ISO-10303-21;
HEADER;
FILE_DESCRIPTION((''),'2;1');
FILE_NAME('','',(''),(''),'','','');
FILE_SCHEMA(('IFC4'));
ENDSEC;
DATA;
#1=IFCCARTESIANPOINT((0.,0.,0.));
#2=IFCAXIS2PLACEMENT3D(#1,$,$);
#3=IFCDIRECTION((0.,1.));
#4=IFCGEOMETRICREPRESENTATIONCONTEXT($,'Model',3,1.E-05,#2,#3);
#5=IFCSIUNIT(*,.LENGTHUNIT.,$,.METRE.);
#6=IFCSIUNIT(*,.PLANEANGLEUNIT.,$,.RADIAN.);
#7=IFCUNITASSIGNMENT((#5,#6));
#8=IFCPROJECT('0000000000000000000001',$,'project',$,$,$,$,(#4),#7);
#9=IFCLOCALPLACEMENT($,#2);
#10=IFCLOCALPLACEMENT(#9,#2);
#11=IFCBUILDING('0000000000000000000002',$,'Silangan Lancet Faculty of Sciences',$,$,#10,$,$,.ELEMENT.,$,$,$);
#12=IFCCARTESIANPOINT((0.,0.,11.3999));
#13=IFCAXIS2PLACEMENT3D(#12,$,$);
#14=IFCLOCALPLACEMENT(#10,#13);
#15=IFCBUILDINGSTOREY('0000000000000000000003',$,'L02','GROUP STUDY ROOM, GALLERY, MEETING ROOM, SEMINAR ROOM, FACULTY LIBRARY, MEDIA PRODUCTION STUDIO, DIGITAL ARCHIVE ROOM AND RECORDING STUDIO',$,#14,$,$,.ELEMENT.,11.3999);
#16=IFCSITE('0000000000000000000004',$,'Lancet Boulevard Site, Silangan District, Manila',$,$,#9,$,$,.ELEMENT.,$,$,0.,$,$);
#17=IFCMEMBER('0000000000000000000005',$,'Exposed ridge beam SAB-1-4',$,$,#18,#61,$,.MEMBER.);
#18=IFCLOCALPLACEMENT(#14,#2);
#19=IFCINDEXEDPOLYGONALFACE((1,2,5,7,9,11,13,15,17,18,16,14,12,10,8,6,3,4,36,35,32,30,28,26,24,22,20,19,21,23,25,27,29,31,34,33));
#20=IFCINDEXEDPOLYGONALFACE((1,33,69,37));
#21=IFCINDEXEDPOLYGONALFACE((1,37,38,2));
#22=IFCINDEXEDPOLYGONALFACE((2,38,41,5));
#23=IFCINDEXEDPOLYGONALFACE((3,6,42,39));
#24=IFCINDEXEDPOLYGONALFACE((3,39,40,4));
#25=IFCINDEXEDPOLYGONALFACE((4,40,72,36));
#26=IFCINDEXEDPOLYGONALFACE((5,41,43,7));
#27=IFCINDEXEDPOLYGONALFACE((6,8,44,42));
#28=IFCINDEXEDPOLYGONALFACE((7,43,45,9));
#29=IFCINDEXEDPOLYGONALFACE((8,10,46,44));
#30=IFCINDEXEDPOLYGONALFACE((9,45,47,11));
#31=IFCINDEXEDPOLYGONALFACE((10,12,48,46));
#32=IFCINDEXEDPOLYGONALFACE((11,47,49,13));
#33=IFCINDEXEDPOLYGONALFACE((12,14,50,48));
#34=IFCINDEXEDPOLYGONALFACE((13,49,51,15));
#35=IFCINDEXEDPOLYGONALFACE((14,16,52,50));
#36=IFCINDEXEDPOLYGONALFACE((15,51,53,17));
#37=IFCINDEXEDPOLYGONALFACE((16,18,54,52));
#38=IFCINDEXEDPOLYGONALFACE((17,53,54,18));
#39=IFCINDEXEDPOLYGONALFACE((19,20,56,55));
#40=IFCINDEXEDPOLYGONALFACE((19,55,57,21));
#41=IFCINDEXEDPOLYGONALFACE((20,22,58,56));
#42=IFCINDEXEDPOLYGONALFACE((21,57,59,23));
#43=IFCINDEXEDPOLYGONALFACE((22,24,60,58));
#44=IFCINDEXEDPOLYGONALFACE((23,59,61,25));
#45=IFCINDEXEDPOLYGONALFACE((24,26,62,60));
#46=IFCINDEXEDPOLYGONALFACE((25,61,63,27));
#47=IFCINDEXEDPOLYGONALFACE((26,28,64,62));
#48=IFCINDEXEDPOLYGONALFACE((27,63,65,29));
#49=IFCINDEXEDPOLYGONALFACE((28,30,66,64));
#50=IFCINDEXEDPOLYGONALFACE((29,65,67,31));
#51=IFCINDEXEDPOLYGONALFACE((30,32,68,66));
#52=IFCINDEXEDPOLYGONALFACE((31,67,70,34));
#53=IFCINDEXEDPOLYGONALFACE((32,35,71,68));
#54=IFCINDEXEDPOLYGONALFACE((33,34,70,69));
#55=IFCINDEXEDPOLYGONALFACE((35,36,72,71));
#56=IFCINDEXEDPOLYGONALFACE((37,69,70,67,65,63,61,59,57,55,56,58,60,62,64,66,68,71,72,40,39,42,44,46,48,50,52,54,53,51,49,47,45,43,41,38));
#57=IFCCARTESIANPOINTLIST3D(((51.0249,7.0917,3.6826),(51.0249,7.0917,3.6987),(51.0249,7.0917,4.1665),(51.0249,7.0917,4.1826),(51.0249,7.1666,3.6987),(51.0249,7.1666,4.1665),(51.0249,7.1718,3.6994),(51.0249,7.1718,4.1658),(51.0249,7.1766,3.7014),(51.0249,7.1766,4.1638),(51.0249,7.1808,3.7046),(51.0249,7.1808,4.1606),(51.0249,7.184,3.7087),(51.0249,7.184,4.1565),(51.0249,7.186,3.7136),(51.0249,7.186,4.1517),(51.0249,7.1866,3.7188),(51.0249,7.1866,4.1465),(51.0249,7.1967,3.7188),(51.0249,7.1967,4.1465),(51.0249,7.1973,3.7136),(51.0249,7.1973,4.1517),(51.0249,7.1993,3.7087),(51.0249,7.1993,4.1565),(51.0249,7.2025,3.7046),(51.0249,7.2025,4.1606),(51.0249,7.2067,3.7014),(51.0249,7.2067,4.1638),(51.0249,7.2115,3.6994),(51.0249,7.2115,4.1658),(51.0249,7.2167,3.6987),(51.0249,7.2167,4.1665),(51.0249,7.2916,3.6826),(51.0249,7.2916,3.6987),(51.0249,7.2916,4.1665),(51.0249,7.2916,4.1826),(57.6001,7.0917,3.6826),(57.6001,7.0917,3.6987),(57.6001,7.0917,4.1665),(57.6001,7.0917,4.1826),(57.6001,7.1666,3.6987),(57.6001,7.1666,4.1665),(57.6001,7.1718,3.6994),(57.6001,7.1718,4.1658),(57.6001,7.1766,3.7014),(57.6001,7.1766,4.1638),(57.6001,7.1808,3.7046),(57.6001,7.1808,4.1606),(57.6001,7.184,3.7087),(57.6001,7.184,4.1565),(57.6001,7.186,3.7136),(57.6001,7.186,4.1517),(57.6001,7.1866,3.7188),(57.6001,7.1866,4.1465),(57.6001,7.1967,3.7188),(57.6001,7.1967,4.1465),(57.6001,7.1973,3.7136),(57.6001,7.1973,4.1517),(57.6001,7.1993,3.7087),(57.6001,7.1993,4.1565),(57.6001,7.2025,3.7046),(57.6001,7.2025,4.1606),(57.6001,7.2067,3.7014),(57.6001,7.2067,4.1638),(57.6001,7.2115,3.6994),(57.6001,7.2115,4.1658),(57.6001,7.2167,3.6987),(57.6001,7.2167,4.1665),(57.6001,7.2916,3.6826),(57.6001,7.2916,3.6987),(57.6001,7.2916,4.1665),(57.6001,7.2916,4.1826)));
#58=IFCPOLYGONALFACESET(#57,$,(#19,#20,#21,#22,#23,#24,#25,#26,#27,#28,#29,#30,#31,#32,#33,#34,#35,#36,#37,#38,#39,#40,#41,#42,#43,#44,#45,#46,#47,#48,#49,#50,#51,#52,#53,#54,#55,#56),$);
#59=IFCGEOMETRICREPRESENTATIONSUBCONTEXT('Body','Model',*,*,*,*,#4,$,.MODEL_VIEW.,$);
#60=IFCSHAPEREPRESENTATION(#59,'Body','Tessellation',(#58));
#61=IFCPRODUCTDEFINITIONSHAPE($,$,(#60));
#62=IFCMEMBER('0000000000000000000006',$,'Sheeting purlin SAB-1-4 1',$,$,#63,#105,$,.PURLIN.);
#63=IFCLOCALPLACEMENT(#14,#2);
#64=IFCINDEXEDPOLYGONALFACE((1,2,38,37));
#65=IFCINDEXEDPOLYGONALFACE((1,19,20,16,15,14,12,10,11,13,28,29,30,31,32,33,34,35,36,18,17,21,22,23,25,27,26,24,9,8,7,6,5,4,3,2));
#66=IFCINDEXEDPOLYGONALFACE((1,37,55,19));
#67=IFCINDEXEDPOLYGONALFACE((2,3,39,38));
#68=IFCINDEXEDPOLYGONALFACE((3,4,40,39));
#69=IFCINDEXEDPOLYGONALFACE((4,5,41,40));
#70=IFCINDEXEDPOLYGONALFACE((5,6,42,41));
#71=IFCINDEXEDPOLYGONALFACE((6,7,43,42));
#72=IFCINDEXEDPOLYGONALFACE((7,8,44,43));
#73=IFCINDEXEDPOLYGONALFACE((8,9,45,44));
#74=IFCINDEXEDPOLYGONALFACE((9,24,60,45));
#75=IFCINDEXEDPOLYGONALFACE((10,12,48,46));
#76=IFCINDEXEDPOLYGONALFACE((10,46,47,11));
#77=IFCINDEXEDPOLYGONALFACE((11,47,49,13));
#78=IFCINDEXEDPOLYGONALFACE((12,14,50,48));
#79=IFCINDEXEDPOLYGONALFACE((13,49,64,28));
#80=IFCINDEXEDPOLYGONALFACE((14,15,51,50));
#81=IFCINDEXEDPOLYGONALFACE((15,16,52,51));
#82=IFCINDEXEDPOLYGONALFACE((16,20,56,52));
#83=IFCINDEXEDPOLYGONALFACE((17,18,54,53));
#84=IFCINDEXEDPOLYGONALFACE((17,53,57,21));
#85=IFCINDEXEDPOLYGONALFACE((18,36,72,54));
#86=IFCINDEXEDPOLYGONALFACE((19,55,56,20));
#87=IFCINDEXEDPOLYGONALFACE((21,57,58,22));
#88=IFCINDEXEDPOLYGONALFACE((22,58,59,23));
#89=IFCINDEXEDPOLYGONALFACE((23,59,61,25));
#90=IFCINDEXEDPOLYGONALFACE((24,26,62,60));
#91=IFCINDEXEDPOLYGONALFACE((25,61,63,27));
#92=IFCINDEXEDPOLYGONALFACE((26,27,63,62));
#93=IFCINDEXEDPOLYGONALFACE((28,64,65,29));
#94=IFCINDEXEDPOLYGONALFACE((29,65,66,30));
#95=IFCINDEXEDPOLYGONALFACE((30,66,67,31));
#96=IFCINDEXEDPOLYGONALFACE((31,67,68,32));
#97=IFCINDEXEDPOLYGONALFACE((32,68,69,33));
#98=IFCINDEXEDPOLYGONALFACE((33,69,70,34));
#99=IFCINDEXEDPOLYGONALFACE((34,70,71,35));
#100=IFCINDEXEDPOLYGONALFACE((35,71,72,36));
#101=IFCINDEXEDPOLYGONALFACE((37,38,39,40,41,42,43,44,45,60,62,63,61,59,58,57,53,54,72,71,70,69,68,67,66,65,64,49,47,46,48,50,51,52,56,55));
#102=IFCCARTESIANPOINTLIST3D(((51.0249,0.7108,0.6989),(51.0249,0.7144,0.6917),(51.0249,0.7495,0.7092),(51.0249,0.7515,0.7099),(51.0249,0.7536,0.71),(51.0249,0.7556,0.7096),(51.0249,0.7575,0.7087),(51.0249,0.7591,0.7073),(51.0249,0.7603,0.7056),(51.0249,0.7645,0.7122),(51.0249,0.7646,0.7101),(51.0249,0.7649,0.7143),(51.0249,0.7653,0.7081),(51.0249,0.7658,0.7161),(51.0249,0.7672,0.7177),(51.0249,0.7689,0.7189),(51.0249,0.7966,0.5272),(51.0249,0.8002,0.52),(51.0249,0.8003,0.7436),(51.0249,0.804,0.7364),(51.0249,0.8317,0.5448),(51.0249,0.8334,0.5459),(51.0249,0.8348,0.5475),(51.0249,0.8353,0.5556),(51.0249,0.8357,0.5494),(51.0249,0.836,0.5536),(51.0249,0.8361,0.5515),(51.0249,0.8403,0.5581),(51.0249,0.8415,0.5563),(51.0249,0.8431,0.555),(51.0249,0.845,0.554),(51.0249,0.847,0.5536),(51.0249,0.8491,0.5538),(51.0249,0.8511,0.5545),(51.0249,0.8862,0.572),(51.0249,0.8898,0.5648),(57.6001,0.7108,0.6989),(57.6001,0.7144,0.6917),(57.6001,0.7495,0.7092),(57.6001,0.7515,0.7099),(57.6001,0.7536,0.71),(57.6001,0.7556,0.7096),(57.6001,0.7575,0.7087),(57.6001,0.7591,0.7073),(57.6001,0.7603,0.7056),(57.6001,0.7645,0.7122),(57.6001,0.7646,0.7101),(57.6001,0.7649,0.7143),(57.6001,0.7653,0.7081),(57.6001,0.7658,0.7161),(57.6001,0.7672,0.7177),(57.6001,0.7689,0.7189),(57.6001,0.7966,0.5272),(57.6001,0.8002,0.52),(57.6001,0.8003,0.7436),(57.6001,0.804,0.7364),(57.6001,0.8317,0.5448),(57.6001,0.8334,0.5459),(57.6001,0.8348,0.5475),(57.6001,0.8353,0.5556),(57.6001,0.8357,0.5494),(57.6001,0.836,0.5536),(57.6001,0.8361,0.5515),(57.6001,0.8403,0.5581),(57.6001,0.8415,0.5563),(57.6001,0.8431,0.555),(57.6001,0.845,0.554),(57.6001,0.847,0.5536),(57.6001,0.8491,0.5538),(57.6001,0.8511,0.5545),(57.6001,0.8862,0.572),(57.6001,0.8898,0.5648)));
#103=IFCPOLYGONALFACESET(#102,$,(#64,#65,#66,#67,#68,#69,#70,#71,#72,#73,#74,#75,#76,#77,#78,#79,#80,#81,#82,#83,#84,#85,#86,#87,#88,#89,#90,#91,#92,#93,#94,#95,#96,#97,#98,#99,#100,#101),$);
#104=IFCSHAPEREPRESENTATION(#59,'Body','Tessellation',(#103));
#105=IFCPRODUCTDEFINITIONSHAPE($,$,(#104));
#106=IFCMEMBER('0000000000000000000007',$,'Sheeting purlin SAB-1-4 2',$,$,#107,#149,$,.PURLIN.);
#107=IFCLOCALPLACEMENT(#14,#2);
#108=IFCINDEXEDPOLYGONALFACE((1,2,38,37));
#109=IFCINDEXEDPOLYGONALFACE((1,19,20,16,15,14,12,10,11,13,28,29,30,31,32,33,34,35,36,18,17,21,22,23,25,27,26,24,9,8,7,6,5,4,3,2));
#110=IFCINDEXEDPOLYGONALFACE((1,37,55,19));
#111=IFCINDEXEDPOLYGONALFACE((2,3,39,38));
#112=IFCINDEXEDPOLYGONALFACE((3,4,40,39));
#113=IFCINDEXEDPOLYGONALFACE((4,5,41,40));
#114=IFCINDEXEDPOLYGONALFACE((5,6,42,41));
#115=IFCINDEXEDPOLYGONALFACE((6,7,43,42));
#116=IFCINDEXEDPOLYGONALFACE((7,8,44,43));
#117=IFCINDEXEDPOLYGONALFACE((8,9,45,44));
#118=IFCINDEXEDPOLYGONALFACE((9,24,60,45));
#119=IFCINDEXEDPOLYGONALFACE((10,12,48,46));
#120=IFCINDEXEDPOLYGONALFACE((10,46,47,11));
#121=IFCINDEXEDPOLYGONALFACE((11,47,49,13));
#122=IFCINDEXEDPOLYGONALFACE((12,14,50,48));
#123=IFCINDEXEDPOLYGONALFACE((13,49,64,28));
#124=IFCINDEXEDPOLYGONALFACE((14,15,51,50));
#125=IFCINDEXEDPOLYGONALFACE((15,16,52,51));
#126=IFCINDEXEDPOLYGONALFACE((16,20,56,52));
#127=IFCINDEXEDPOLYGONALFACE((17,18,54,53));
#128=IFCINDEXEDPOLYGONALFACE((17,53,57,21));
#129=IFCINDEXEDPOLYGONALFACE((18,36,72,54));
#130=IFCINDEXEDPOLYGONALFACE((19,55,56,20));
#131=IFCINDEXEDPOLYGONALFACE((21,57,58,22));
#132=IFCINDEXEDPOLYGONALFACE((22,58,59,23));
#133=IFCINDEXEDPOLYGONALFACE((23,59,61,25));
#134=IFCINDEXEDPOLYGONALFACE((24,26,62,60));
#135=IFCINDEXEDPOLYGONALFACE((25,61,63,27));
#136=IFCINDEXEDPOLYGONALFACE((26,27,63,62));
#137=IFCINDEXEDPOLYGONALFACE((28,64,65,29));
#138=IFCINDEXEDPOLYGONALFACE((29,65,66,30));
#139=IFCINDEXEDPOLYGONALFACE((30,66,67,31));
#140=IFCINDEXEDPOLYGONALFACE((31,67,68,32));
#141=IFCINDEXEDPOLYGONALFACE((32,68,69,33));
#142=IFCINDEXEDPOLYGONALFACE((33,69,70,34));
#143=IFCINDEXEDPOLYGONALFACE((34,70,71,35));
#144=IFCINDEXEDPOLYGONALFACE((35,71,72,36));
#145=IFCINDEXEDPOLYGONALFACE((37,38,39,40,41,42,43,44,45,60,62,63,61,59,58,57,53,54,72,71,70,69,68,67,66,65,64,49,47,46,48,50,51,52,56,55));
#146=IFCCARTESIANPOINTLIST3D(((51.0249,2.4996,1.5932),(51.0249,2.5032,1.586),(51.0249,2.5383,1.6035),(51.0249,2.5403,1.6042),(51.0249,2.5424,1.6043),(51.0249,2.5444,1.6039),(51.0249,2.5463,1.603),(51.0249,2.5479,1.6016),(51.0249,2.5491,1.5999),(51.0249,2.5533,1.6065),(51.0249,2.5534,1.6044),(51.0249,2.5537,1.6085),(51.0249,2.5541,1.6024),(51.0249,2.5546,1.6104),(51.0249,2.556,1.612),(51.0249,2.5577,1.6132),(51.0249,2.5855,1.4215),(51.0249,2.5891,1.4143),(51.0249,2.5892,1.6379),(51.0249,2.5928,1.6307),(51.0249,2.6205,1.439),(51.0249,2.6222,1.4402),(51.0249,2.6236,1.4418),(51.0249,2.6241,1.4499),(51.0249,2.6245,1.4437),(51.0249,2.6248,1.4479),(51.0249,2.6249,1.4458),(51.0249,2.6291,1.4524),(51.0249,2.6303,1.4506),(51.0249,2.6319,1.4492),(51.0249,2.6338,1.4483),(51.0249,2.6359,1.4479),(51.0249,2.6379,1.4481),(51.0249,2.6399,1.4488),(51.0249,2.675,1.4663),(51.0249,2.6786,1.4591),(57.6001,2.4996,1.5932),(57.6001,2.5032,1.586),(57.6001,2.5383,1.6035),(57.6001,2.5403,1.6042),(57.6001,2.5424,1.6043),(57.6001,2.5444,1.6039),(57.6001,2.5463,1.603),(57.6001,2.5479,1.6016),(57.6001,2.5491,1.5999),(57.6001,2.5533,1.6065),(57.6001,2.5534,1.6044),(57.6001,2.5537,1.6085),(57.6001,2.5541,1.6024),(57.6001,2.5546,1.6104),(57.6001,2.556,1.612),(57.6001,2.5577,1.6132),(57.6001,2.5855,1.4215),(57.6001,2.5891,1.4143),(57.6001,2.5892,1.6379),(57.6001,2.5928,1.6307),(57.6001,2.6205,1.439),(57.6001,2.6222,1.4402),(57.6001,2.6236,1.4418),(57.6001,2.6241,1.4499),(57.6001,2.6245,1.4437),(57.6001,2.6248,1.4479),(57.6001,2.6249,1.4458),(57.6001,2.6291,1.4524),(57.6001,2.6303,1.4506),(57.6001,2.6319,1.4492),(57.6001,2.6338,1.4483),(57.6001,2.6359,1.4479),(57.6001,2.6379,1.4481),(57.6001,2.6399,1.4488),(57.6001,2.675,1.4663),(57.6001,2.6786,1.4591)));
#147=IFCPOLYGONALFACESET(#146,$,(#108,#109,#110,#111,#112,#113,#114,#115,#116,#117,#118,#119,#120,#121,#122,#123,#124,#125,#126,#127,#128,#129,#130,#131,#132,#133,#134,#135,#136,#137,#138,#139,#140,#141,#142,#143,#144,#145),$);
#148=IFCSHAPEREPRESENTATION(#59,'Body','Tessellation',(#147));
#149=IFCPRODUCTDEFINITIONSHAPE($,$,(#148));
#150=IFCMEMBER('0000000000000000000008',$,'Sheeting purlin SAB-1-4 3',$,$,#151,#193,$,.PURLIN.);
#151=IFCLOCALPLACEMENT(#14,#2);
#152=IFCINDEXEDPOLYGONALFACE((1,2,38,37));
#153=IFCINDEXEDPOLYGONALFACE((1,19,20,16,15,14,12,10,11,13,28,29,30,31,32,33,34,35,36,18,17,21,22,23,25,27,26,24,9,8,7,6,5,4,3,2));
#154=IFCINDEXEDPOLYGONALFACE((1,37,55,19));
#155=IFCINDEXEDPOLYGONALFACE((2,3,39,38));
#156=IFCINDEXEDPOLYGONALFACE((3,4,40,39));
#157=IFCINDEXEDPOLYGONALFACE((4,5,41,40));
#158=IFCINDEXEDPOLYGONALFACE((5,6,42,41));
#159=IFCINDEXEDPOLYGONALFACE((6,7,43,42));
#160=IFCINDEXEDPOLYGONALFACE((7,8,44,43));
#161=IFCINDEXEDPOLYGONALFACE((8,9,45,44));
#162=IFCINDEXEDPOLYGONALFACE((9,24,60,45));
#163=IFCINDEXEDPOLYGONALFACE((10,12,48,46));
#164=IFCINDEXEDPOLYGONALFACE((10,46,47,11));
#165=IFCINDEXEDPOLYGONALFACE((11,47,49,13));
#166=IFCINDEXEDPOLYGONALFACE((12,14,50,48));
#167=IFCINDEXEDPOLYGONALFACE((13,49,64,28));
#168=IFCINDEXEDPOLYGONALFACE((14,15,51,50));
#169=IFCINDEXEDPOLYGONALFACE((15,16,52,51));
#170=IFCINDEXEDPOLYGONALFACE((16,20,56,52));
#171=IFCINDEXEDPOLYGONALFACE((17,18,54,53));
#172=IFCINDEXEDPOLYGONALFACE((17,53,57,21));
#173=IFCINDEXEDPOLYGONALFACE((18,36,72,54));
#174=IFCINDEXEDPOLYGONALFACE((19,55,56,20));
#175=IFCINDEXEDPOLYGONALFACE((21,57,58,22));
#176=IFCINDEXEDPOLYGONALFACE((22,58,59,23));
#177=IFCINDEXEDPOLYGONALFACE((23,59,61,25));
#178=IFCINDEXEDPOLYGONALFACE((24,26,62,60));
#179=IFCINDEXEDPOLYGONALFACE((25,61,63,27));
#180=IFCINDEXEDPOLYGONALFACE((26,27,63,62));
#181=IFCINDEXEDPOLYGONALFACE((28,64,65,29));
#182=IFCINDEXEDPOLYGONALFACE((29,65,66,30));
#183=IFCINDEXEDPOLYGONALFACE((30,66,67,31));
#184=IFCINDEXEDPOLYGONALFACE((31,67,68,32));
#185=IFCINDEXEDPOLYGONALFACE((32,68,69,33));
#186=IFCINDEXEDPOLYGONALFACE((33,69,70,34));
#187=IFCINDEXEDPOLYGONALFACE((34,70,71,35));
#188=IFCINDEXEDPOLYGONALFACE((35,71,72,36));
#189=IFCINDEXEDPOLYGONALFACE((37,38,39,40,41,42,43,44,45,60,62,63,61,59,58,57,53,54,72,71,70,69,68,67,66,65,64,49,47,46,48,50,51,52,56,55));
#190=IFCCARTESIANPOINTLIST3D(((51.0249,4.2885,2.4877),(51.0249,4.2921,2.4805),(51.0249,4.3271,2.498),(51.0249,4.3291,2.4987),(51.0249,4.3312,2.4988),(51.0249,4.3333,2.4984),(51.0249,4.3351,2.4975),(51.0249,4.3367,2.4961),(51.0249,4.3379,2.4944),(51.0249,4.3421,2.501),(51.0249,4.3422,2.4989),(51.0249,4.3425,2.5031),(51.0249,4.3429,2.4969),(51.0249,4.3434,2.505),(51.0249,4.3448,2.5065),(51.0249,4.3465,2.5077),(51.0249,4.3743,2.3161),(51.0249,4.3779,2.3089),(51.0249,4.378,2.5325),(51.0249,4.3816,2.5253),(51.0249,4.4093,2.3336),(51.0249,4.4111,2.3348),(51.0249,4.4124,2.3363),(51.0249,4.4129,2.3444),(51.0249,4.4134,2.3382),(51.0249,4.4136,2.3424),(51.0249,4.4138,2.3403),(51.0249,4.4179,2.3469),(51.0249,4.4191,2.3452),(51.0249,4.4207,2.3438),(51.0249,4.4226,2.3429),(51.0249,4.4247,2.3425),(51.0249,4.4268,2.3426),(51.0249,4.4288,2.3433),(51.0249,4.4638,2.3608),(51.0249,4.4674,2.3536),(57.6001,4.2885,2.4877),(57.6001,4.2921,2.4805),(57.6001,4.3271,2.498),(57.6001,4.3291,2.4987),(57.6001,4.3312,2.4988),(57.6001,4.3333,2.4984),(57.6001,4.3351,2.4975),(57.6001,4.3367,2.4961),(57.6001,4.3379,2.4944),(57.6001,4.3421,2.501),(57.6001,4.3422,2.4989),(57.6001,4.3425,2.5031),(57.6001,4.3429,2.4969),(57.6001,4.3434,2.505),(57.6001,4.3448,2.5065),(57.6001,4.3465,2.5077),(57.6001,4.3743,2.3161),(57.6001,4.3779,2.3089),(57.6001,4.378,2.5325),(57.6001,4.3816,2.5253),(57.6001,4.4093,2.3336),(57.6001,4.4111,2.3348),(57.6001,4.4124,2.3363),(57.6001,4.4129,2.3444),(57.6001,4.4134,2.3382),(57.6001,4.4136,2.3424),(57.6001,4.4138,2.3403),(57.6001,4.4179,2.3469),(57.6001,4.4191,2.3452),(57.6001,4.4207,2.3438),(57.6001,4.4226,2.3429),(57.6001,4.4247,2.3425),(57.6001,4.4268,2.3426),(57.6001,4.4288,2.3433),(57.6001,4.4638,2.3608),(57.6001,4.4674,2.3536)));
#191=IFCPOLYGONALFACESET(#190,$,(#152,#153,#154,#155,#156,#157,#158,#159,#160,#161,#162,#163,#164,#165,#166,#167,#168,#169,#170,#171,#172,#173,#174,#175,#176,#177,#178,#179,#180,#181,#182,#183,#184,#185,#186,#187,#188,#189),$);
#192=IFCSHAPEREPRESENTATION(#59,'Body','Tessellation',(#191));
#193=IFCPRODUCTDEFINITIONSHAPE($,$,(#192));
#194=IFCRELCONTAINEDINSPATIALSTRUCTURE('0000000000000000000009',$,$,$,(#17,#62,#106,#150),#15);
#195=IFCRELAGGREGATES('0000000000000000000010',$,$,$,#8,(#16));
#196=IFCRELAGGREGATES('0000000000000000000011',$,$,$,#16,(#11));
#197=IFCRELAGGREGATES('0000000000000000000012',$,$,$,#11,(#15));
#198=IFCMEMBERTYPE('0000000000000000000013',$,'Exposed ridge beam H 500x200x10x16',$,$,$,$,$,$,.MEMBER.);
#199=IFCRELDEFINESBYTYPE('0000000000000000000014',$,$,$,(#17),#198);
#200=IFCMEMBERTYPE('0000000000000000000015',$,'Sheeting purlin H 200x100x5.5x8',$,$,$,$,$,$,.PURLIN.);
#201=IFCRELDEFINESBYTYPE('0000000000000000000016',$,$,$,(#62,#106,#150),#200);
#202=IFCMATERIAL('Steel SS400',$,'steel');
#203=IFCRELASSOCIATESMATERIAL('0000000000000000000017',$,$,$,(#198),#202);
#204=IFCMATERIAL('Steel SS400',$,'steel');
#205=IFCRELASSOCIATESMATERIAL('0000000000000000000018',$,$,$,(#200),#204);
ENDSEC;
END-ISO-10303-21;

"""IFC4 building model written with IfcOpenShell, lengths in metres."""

from ifc_helpers import new_model, si_unit, direction, frame, origin, origin_2d, place, context, subcontext, project, spatial, i_section, extrude, material, material_profile, profile_set, type_object, element, save


model = new_model("IFC4")

# Units and contexts
model_context = context("Model", 3, precision=1e-05, world=origin(), true_north=direction((0.0, 1.0)))
body_context = subcontext(model_context, "Body", "Model", "MODEL_VIEW")
ifc_project = project(units=[si_unit("LENGTHUNIT", "METRE"), si_unit("PLANEANGLEUNIT", "RADIAN")], contexts=[model_context])

# Site, building, storey
site_placement = place(None, origin())
site = spatial("IfcSite", under=ifc_project, at=site_placement, Name="Lancet Boulevard Site, Silangan District, Manila", CompositionType="ELEMENT", RefElevation=0.0)
building_placement = place(site_placement, origin())
building = spatial("IfcBuilding", under=site, at=building_placement, Name="Silangan Lancet Faculty of Sciences", CompositionType="ELEMENT")
storey_placement = place(building_placement, frame((0.0, 0.0, 11.3999)))
storey = spatial("IfcBuildingStorey", under=building, at=storey_placement, Name="L02", Description="GROUP STUDY ROOM, GALLERY, MEETING ROOM, SEMINAR ROOM, FACULTY LIBRARY, MEDIA PRODUCTION STUDIO, DIGITAL ARCHIVE ROOM AND RECORDING STUDIO", CompositionType="ELEMENT", Elevation=11.3999)

# Members
ifc_material_1 = material(Name="Steel SS400", Category="steel")
ifc_material_profile_1 = material_profile(ifc_material_1, i_section(OverallWidth=0.2, OverallDepth=0.5, WebThickness=0.01, FlangeThickness=0.0161, FilletRadius=0.02, at=origin_2d()), Name="H 500x200x10x16")
ifc_profile_set_1 = profile_set([ifc_material_profile_1], Name="Steel SS400")
member_type_1 = type_object("IfcMemberType", Name="Exposed ridge beam H 500x200x10x16", PredefinedType="MEMBER", material=ifc_profile_set_1)
member_1_placement = place(storey_placement, frame((51.0249, 7.1917, 3.9326), z_axis=(1.0, 0.0, 0.0), x_axis=(0.0, 1.0, 0.0)))
element("IfcMember", 1, at=member_1_placement, inside=storey, type_object=member_type_1, Name="Exposed ridge beam SAB-1-4", PredefinedType="MEMBER", context=body_context, shape_type="SweptSolid", body=[
    extrude(i_section(OverallWidth=0.2, OverallDepth=0.5, WebThickness=0.01, FlangeThickness=0.0161, FilletRadius=0.02, at=origin_2d()), origin(), (0.0, 0.0, 1.0), 6.5752),
])
ifc_material_2 = material(Name="Steel SS400", Category="steel")
ifc_material_profile_2 = material_profile(ifc_material_2, i_section(OverallWidth=0.1001, OverallDepth=0.2, WebThickness=0.0056, FlangeThickness=0.0081, FilletRadius=0.0081, at=origin_2d()), Name="H 200x100x5.5x8")
ifc_profile_set_2 = profile_set([ifc_material_profile_2], Name="Steel SS400")
member_type_2 = type_object("IfcMemberType", Name="Sheeting purlin H 200x100x5.5x8", PredefinedType="PURLIN", material=ifc_profile_set_2)
for number, where, z_axis, x_axis, name in (
    (2, (51.0249, 0.8003, 0.6318), (1.0, 0.0, 0.0), (0.0, 0.894427, 0.447214), "Sheeting purlin SAB-1-4 1"),
    (3, (51.0249, 2.5891, 1.5261), (1.0, 0.0, 0.0), (0.0, 0.894427, 0.447214), "Sheeting purlin SAB-1-4 2"),
    (4, (51.0249, 4.3779, 2.4207), (1.0, 0.0, 0.0), (0.0, 0.894427, 0.447214), "Sheeting purlin SAB-1-4 3"),
):
    element("IfcMember", number, at=place(storey_placement, frame(where, z_axis=z_axis, x_axis=x_axis)), inside=storey, type_object=member_type_2, Name=name, PredefinedType="PURLIN", context=body_context, shape_type="SweptSolid", body=[
        extrude(i_section(OverallWidth=0.1001, OverallDepth=0.2, WebThickness=0.0056, FlangeThickness=0.0081, FilletRadius=0.0081, at=origin_2d()), origin(), (0.0, 0.0, 1.0), 6.5752),
    ])

save(model, "model.ifc")
